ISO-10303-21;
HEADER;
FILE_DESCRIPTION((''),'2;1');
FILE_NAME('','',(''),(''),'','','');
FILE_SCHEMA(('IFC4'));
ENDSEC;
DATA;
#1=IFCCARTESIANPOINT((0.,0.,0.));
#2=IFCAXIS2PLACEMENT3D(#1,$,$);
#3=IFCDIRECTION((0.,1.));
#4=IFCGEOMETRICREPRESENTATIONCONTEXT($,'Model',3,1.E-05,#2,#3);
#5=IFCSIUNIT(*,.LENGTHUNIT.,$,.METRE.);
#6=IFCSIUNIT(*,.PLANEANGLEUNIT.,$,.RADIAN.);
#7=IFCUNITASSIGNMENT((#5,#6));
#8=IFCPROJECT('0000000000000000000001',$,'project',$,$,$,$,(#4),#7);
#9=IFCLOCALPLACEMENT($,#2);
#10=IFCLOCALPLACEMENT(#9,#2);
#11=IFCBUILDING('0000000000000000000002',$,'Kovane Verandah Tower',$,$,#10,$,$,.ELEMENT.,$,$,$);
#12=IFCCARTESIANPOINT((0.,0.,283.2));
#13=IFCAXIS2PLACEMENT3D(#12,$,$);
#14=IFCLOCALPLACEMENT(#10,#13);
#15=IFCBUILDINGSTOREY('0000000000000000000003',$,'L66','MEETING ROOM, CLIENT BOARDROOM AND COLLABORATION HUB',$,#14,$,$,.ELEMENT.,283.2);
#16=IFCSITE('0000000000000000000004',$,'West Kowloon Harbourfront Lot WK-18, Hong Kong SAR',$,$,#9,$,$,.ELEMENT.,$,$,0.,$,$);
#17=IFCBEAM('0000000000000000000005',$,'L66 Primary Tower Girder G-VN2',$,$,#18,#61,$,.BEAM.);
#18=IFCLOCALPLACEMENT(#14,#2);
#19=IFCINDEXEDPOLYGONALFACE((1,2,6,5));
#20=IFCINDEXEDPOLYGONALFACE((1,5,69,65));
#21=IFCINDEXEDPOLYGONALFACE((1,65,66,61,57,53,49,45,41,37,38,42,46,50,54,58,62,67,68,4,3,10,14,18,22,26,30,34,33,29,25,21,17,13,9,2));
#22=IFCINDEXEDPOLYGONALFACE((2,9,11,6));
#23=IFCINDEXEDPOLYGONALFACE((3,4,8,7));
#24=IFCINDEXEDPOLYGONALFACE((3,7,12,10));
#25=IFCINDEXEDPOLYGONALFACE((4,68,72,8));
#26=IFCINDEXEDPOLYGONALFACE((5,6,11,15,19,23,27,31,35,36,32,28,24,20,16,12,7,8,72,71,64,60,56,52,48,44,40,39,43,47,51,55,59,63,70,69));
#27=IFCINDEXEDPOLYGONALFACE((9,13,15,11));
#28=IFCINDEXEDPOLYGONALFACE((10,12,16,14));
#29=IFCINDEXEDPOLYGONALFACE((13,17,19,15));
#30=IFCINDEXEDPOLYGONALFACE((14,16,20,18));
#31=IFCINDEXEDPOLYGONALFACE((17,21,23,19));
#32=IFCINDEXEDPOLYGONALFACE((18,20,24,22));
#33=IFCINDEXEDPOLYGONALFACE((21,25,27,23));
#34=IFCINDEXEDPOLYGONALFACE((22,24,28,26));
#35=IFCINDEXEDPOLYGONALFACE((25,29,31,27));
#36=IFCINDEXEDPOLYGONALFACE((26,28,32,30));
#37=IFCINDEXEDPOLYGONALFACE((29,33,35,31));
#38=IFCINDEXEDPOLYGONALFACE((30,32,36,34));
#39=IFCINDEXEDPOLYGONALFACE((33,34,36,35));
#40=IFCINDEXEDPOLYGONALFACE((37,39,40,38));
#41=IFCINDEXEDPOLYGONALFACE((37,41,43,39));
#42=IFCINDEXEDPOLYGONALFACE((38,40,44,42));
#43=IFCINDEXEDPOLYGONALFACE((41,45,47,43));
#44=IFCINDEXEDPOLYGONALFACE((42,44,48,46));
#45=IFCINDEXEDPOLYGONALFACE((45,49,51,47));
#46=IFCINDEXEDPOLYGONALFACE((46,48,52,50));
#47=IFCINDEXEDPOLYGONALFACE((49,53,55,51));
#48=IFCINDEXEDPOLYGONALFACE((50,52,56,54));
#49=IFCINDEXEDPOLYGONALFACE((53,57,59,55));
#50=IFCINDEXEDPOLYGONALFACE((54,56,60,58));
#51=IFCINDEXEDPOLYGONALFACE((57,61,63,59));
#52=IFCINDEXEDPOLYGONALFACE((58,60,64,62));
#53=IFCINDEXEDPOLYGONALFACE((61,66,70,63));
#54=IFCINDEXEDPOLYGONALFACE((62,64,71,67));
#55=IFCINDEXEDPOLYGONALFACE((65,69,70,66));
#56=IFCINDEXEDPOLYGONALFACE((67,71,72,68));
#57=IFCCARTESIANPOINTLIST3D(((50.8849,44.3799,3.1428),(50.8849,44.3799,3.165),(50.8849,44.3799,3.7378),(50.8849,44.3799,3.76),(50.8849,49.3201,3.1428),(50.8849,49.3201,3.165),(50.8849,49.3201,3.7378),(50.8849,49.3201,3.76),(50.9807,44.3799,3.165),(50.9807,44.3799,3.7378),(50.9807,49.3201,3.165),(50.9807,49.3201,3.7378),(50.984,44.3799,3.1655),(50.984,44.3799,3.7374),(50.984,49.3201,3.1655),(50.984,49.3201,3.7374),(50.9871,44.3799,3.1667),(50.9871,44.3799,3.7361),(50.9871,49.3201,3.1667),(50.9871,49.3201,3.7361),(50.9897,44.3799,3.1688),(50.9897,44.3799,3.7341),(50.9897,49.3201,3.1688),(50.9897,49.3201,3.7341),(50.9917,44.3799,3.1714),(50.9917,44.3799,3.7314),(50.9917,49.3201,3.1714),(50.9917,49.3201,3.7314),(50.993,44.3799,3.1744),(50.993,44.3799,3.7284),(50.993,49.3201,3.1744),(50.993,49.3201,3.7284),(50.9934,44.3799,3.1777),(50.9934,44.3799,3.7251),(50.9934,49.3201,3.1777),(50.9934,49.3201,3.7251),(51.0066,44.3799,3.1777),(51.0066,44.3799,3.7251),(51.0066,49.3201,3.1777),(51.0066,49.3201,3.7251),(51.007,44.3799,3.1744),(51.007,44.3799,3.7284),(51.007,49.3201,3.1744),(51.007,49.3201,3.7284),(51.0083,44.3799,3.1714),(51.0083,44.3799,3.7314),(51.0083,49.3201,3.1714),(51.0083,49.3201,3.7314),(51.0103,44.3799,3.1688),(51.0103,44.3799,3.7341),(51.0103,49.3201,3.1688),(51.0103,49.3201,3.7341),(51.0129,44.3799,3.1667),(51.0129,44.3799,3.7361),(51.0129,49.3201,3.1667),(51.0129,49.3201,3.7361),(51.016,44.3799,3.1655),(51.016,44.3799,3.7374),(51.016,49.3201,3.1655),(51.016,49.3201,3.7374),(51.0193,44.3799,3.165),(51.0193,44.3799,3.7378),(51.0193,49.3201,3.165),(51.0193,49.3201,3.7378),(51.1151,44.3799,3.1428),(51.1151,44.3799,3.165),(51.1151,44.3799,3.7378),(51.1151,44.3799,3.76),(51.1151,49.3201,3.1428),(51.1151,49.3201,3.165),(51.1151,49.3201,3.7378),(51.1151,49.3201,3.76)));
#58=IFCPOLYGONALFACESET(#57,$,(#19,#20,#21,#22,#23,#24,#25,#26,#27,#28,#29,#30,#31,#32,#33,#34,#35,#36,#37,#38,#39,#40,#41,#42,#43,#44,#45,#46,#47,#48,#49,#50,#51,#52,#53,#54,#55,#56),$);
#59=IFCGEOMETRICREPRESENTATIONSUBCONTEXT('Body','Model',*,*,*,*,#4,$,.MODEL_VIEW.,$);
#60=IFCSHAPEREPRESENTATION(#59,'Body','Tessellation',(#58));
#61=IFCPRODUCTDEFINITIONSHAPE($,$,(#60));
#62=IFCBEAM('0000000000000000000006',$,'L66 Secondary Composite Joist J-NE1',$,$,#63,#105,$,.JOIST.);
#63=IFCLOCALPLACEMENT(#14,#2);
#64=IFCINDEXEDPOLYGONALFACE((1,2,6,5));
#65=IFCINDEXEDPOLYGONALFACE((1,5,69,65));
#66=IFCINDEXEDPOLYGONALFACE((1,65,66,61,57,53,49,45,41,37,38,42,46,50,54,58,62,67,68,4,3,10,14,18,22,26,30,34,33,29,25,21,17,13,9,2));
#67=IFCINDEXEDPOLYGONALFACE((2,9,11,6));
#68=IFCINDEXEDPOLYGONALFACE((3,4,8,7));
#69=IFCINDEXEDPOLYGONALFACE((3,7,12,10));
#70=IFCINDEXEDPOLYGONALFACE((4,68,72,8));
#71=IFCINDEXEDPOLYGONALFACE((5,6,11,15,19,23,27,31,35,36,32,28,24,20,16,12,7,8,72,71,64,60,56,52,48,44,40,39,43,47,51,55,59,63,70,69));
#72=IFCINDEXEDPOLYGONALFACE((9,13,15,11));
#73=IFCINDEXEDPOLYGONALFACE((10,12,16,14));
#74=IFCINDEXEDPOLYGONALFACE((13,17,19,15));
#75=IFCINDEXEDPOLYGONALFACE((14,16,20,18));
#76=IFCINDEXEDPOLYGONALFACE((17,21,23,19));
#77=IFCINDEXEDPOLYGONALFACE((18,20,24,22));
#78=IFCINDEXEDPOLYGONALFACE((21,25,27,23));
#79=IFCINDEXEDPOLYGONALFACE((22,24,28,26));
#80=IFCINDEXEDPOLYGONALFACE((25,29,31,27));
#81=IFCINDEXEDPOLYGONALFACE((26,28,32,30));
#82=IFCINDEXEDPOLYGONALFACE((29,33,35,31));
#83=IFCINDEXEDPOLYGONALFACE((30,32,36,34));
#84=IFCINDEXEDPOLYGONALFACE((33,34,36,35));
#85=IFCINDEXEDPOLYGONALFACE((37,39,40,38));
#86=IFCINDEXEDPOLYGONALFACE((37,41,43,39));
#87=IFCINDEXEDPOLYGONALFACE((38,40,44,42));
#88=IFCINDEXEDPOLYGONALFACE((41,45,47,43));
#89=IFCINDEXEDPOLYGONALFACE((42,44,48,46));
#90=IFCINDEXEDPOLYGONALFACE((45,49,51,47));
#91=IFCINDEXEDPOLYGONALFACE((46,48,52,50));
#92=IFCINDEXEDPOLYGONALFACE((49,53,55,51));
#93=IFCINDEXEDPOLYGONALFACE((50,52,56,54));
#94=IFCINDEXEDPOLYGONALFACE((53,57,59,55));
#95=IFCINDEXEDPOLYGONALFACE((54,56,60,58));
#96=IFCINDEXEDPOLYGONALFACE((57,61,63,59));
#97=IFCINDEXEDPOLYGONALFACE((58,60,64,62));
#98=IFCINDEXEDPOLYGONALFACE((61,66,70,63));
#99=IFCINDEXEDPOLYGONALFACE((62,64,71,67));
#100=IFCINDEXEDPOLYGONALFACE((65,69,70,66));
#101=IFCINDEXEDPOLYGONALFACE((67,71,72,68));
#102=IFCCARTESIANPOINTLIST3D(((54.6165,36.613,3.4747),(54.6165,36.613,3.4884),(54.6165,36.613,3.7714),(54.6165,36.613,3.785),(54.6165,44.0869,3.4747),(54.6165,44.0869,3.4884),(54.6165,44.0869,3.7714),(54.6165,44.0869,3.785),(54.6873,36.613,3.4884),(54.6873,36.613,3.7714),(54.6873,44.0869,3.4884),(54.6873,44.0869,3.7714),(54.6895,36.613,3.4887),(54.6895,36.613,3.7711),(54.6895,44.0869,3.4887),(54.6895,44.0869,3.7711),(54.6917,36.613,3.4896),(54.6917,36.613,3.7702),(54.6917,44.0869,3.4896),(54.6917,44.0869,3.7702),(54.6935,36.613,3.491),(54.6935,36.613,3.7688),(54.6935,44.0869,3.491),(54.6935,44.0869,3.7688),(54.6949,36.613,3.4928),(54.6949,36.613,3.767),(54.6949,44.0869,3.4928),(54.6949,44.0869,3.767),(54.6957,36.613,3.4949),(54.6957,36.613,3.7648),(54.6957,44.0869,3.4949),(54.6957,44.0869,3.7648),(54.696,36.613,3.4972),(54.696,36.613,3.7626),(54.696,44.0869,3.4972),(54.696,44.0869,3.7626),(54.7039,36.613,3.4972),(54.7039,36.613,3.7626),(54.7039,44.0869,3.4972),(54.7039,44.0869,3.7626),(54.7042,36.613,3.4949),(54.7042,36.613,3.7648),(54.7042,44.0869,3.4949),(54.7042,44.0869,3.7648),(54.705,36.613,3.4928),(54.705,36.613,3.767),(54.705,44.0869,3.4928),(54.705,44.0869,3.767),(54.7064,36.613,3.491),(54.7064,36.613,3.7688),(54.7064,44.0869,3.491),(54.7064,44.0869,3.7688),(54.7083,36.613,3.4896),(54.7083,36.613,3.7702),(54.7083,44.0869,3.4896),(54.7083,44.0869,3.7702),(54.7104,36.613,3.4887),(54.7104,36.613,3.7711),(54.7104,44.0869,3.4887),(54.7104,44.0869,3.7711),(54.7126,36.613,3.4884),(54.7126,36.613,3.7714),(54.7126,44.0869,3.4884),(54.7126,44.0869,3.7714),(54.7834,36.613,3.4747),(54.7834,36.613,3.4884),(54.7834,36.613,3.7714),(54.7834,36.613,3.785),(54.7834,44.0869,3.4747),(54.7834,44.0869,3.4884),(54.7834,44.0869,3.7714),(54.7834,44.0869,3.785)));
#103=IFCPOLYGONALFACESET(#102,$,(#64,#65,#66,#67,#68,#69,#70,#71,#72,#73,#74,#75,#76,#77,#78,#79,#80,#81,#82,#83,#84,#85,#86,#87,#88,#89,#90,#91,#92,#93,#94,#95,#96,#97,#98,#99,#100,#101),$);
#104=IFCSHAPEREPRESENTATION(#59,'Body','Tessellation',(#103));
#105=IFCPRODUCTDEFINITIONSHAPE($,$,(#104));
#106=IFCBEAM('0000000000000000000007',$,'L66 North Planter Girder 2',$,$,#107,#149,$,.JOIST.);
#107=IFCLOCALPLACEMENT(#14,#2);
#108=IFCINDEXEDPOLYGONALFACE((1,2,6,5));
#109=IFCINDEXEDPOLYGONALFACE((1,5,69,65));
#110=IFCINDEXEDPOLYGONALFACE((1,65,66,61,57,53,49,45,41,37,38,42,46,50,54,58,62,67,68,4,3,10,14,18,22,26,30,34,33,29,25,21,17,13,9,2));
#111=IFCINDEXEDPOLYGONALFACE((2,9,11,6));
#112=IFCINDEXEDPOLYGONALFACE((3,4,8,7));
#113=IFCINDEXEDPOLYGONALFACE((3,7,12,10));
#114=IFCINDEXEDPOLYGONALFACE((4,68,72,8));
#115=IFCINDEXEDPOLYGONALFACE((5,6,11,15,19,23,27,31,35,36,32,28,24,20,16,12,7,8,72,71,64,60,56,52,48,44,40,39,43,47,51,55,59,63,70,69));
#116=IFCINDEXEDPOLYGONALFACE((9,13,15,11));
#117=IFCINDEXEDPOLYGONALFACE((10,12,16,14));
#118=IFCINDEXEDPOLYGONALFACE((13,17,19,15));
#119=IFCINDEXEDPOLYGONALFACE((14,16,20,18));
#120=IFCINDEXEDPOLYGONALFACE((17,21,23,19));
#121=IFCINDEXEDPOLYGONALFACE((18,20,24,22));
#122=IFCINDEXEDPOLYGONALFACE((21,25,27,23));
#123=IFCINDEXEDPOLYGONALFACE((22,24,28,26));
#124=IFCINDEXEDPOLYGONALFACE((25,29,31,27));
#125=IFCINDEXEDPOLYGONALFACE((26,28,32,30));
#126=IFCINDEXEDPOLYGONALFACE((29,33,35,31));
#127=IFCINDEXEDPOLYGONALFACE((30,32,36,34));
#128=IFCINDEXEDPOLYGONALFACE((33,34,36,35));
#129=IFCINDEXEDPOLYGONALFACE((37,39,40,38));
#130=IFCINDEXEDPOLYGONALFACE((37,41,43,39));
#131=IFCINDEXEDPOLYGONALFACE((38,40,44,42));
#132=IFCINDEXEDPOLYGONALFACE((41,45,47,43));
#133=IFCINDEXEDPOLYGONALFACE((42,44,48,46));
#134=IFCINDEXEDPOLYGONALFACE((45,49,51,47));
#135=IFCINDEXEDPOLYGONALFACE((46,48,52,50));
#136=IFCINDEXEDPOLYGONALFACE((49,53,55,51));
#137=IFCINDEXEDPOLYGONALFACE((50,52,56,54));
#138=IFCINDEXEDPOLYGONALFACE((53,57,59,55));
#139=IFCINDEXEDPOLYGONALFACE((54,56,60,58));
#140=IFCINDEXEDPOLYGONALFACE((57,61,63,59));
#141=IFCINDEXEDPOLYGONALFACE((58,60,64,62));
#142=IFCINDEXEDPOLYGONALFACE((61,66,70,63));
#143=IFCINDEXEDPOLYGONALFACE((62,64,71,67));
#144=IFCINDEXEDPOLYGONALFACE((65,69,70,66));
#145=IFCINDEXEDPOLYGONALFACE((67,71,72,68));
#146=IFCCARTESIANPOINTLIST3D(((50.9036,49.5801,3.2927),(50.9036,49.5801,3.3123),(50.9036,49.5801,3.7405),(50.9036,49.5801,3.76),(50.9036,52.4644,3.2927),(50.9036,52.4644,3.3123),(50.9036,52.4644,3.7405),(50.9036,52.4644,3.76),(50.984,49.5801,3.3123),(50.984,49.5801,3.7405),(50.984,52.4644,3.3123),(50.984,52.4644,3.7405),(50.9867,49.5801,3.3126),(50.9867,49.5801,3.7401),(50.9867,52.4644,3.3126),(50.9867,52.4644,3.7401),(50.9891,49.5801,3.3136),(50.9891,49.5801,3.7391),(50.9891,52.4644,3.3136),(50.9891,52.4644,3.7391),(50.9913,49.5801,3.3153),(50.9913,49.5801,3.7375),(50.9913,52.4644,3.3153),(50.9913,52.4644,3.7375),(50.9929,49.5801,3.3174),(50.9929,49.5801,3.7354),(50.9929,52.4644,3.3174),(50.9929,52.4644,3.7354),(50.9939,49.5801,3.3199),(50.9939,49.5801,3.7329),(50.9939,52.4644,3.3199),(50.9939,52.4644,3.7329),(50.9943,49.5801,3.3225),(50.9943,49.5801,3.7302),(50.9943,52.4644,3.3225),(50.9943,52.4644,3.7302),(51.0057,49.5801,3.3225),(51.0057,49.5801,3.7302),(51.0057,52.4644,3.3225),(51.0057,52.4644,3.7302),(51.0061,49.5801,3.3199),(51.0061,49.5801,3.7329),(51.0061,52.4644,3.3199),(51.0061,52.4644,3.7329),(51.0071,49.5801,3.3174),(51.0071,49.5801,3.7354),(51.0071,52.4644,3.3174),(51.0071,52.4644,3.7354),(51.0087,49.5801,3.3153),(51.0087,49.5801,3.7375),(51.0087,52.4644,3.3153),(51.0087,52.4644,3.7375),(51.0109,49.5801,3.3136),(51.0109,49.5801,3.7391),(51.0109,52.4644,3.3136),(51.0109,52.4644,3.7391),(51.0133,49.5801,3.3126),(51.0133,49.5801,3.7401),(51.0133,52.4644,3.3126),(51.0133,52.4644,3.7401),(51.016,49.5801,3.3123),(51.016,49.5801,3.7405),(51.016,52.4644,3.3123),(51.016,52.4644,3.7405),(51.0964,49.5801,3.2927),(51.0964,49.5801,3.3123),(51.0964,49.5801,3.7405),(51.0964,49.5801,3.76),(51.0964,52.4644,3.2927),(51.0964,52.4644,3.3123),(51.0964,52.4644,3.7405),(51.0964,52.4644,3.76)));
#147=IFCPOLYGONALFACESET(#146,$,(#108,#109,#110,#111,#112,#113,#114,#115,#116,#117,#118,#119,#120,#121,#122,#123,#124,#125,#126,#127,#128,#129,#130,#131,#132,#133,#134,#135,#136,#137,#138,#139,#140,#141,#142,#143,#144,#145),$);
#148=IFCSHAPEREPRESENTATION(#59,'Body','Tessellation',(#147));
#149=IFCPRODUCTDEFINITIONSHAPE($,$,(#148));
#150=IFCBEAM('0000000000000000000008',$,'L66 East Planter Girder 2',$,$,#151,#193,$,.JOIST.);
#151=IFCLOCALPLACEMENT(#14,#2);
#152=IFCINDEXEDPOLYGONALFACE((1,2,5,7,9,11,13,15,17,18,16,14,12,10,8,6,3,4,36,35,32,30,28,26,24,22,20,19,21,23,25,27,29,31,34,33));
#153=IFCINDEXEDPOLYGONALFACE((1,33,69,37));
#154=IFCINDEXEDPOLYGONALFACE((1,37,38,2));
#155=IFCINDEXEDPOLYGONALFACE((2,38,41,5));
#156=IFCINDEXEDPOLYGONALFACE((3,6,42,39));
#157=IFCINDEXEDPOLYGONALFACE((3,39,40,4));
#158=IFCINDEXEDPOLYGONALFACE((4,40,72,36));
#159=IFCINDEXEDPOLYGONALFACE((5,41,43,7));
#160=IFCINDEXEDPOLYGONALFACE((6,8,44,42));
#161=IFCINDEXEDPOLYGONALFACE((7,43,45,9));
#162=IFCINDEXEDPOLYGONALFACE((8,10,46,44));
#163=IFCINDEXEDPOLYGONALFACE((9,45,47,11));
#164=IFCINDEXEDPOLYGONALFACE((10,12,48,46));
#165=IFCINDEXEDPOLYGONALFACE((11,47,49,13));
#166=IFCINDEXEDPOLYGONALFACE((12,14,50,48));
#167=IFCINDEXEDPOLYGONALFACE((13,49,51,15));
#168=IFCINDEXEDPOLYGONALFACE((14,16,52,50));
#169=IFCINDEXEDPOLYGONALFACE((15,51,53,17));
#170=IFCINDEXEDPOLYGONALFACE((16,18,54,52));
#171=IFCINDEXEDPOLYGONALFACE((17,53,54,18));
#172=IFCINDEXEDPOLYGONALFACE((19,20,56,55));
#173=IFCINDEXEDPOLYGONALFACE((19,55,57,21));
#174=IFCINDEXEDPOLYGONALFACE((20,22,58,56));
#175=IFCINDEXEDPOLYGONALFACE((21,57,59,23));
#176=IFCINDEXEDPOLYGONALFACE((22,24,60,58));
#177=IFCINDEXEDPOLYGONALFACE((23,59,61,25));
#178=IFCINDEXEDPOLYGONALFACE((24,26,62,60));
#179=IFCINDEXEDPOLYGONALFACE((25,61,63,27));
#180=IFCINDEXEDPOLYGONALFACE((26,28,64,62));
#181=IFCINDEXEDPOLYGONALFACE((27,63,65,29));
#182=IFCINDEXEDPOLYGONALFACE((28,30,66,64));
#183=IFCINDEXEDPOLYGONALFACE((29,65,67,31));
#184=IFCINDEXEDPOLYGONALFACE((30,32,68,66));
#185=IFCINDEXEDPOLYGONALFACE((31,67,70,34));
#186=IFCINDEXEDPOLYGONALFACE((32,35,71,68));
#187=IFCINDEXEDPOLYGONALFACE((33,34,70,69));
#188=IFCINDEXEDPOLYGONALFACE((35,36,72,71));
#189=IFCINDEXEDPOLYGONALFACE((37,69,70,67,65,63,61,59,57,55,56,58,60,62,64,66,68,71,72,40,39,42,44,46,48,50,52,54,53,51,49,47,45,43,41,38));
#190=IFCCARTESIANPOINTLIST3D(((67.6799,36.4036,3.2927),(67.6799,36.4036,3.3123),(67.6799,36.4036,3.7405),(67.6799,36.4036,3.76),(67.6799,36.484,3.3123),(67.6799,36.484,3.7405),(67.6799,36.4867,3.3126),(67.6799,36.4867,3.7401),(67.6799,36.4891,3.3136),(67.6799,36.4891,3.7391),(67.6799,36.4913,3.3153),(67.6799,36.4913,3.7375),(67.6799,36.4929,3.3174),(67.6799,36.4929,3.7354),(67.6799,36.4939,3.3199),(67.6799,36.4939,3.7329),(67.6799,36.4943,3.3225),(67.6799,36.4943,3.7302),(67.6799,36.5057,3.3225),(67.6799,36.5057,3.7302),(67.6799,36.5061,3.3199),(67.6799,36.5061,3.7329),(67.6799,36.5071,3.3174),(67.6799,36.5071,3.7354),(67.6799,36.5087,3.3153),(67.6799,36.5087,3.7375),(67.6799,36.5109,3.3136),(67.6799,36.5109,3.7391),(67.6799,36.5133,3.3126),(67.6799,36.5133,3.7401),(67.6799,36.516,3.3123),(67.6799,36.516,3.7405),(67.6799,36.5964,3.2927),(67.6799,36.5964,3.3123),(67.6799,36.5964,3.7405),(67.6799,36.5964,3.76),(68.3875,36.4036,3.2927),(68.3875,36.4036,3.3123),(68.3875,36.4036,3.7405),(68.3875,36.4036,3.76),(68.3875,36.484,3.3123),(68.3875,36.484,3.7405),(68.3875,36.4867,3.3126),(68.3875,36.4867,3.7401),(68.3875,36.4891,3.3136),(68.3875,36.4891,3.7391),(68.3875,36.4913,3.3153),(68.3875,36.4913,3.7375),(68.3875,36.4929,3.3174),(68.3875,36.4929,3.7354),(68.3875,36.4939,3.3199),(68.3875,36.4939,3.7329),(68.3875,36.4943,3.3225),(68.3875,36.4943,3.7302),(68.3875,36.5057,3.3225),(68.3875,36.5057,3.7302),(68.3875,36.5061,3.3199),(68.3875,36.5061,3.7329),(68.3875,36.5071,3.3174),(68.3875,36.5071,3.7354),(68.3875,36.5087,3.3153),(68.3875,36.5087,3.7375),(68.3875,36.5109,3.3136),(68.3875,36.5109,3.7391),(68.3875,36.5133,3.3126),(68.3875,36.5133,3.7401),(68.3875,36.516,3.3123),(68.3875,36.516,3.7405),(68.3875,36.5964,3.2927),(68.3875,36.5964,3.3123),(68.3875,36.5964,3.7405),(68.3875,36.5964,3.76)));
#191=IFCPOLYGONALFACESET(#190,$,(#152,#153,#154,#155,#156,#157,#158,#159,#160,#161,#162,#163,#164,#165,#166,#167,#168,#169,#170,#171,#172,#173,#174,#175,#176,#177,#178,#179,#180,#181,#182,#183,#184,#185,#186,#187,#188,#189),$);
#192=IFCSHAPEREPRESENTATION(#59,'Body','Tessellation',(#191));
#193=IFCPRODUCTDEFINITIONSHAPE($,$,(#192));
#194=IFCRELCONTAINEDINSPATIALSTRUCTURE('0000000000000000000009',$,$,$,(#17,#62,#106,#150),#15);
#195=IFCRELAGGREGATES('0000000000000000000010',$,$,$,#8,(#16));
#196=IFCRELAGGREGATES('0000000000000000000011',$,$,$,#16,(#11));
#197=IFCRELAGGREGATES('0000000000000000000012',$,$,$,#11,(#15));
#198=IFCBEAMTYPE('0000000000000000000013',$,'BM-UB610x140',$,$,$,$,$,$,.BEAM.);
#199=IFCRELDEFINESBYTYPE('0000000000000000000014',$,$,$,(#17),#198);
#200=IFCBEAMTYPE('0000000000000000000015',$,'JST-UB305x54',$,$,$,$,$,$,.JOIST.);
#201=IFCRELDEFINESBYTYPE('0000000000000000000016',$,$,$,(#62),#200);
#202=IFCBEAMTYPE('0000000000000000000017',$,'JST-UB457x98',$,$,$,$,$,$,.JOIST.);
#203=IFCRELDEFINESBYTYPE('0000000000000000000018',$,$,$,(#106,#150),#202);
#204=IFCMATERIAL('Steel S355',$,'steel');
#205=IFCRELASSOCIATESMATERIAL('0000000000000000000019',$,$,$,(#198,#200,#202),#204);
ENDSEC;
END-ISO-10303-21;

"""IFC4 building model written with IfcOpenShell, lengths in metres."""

from ifc_helpers import new_model, si_unit, direction, frame, origin, origin_2d, place, context, subcontext, project, spatial, i_section, extrude, material, material_profile, profile_set, type_object, element, save


model = new_model("IFC4")

# Units and contexts
model_context = context("Model", 3, precision=1e-05, world=origin(), true_north=direction((0.0, 1.0)))
body_context = subcontext(model_context, "Body", "Model", "MODEL_VIEW")
ifc_project = project(units=[si_unit("LENGTHUNIT", "METRE"), si_unit("PLANEANGLEUNIT", "RADIAN")], contexts=[model_context])

# Site, building, storey
site_placement = place(None, origin())
site = spatial("IfcSite", under=ifc_project, at=site_placement, Name="West Kowloon Harbourfront Lot WK-18, Hong Kong SAR", CompositionType="ELEMENT", RefElevation=0.0)
building_placement = place(site_placement, origin())
building = spatial("IfcBuilding", under=site, at=building_placement, Name="Kovane Verandah Tower", CompositionType="ELEMENT")
storey_placement = place(building_placement, frame((0.0, 0.0, 283.2)))
storey = spatial("IfcBuildingStorey", under=building, at=storey_placement, Name="L66", Description="MEETING ROOM, CLIENT BOARDROOM AND COLLABORATION HUB", CompositionType="ELEMENT", Elevation=283.2)

# Beams
ifc_material_1 = material(Name="Steel S355", Category="steel")
ifc_material_profile_1 = material_profile(ifc_material_1, i_section(OverallWidth=0.2302, OverallDepth=0.6172, WebThickness=0.0132, FlangeThickness=0.0222, FilletRadius=0.0127, at=origin_2d()), Name="UB610x229x140")
ifc_profile_set_1 = profile_set([ifc_material_profile_1], Name="Steel S355")
beam_type_1 = type_object("IfcBeamType", Name="BM-UB610x140", PredefinedType="BEAM", material=ifc_profile_set_1)
beam_1_placement = place(storey_placement, frame((51.0, 44.3799, 3.4514), z_axis=(0.0, 1.0, 0.0), x_axis=(-1.0, 0.0, 0.0)))
element("IfcBeam", 1, at=beam_1_placement, inside=storey, type_object=beam_type_1, Name="L66 Primary Tower Girder G-VN2", PredefinedType="BEAM", context=body_context, shape_type="SweptSolid", body=[
    extrude(i_section(OverallWidth=0.2302, OverallDepth=0.6172, WebThickness=0.0132, FlangeThickness=0.0222, FilletRadius=0.0127, at=origin_2d()), origin(), (0.0, 0.0, 1.0), 4.9402),
])
ifc_material_profile_2 = material_profile(ifc_material_1, i_section(OverallWidth=0.167, OverallDepth=0.3103, WebThickness=0.0078, FlangeThickness=0.0137, FilletRadius=0.0088, at=origin_2d()), Name="UB305x165x54")
ifc_profile_set_2 = profile_set([ifc_material_profile_2], Name="Steel S355")
beam_type_2 = type_object("IfcBeamType", Name="JST-UB305x54", PredefinedType="JOIST", material=ifc_profile_set_2)
beam_2_placement = place(storey_placement, frame((54.7, 36.613, 3.6299), z_axis=(0.0, 1.0, 0.0), x_axis=(-1.0, 0.0, 0.0)))
element("IfcBeam", 2, at=beam_2_placement, inside=storey, type_object=beam_type_2, Name="L66 Secondary Composite Joist J-NE1", PredefinedType="JOIST", context=body_context, shape_type="SweptSolid", body=[
    extrude(i_section(OverallWidth=0.167, OverallDepth=0.3103, WebThickness=0.0078, FlangeThickness=0.0137, FilletRadius=0.0088, at=origin_2d()), origin(), (0.0, 0.0, 1.0), 7.4739),
])
ifc_material_profile_3 = material_profile(ifc_material_1, i_section(OverallWidth=0.1929, OverallDepth=0.4673, WebThickness=0.0115, FlangeThickness=0.0195, FilletRadius=0.0103, at=origin_2d()), Name="UB457x191x98")
ifc_profile_set_3 = profile_set([ifc_material_profile_3], Name="Steel S355")
beam_type_3 = type_object("IfcBeamType", Name="JST-UB457x98", PredefinedType="JOIST", material=ifc_profile_set_3)
beam_3_placement = place(storey_placement, frame((51.0, 49.5801, 3.5264), z_axis=(0.0, 1.0, 0.0), x_axis=(-1.0, 0.0, 0.0)))
element("IfcBeam", 3, at=beam_3_placement, inside=storey, type_object=beam_type_3, Name="L66 North Planter Girder 2", PredefinedType="JOIST", context=body_context, shape_type="SweptSolid", body=[
    extrude(i_section(OverallWidth=0.1929, OverallDepth=0.4673, WebThickness=0.0115, FlangeThickness=0.0195, FilletRadius=0.0103, at=origin_2d()), origin(), (0.0, 0.0, 1.0), 2.8843),
])
beam_4_placement = place(storey_placement, frame((67.6799, 36.5, 3.5264), z_axis=(1.0, 0.0, 0.0), x_axis=(0.0, 1.0, 0.0)))
element("IfcBeam", 4, at=beam_4_placement, inside=storey, type_object=beam_type_3, Name="L66 East Planter Girder 2", PredefinedType="JOIST", context=body_context, shape_type="SweptSolid", body=[
    extrude(i_section(OverallWidth=0.1929, OverallDepth=0.4673, WebThickness=0.0115, FlangeThickness=0.0195, FilletRadius=0.0103, at=origin_2d()), origin(), (0.0, 0.0, 1.0), 0.7075),
])

save(model, "model.ifc")
